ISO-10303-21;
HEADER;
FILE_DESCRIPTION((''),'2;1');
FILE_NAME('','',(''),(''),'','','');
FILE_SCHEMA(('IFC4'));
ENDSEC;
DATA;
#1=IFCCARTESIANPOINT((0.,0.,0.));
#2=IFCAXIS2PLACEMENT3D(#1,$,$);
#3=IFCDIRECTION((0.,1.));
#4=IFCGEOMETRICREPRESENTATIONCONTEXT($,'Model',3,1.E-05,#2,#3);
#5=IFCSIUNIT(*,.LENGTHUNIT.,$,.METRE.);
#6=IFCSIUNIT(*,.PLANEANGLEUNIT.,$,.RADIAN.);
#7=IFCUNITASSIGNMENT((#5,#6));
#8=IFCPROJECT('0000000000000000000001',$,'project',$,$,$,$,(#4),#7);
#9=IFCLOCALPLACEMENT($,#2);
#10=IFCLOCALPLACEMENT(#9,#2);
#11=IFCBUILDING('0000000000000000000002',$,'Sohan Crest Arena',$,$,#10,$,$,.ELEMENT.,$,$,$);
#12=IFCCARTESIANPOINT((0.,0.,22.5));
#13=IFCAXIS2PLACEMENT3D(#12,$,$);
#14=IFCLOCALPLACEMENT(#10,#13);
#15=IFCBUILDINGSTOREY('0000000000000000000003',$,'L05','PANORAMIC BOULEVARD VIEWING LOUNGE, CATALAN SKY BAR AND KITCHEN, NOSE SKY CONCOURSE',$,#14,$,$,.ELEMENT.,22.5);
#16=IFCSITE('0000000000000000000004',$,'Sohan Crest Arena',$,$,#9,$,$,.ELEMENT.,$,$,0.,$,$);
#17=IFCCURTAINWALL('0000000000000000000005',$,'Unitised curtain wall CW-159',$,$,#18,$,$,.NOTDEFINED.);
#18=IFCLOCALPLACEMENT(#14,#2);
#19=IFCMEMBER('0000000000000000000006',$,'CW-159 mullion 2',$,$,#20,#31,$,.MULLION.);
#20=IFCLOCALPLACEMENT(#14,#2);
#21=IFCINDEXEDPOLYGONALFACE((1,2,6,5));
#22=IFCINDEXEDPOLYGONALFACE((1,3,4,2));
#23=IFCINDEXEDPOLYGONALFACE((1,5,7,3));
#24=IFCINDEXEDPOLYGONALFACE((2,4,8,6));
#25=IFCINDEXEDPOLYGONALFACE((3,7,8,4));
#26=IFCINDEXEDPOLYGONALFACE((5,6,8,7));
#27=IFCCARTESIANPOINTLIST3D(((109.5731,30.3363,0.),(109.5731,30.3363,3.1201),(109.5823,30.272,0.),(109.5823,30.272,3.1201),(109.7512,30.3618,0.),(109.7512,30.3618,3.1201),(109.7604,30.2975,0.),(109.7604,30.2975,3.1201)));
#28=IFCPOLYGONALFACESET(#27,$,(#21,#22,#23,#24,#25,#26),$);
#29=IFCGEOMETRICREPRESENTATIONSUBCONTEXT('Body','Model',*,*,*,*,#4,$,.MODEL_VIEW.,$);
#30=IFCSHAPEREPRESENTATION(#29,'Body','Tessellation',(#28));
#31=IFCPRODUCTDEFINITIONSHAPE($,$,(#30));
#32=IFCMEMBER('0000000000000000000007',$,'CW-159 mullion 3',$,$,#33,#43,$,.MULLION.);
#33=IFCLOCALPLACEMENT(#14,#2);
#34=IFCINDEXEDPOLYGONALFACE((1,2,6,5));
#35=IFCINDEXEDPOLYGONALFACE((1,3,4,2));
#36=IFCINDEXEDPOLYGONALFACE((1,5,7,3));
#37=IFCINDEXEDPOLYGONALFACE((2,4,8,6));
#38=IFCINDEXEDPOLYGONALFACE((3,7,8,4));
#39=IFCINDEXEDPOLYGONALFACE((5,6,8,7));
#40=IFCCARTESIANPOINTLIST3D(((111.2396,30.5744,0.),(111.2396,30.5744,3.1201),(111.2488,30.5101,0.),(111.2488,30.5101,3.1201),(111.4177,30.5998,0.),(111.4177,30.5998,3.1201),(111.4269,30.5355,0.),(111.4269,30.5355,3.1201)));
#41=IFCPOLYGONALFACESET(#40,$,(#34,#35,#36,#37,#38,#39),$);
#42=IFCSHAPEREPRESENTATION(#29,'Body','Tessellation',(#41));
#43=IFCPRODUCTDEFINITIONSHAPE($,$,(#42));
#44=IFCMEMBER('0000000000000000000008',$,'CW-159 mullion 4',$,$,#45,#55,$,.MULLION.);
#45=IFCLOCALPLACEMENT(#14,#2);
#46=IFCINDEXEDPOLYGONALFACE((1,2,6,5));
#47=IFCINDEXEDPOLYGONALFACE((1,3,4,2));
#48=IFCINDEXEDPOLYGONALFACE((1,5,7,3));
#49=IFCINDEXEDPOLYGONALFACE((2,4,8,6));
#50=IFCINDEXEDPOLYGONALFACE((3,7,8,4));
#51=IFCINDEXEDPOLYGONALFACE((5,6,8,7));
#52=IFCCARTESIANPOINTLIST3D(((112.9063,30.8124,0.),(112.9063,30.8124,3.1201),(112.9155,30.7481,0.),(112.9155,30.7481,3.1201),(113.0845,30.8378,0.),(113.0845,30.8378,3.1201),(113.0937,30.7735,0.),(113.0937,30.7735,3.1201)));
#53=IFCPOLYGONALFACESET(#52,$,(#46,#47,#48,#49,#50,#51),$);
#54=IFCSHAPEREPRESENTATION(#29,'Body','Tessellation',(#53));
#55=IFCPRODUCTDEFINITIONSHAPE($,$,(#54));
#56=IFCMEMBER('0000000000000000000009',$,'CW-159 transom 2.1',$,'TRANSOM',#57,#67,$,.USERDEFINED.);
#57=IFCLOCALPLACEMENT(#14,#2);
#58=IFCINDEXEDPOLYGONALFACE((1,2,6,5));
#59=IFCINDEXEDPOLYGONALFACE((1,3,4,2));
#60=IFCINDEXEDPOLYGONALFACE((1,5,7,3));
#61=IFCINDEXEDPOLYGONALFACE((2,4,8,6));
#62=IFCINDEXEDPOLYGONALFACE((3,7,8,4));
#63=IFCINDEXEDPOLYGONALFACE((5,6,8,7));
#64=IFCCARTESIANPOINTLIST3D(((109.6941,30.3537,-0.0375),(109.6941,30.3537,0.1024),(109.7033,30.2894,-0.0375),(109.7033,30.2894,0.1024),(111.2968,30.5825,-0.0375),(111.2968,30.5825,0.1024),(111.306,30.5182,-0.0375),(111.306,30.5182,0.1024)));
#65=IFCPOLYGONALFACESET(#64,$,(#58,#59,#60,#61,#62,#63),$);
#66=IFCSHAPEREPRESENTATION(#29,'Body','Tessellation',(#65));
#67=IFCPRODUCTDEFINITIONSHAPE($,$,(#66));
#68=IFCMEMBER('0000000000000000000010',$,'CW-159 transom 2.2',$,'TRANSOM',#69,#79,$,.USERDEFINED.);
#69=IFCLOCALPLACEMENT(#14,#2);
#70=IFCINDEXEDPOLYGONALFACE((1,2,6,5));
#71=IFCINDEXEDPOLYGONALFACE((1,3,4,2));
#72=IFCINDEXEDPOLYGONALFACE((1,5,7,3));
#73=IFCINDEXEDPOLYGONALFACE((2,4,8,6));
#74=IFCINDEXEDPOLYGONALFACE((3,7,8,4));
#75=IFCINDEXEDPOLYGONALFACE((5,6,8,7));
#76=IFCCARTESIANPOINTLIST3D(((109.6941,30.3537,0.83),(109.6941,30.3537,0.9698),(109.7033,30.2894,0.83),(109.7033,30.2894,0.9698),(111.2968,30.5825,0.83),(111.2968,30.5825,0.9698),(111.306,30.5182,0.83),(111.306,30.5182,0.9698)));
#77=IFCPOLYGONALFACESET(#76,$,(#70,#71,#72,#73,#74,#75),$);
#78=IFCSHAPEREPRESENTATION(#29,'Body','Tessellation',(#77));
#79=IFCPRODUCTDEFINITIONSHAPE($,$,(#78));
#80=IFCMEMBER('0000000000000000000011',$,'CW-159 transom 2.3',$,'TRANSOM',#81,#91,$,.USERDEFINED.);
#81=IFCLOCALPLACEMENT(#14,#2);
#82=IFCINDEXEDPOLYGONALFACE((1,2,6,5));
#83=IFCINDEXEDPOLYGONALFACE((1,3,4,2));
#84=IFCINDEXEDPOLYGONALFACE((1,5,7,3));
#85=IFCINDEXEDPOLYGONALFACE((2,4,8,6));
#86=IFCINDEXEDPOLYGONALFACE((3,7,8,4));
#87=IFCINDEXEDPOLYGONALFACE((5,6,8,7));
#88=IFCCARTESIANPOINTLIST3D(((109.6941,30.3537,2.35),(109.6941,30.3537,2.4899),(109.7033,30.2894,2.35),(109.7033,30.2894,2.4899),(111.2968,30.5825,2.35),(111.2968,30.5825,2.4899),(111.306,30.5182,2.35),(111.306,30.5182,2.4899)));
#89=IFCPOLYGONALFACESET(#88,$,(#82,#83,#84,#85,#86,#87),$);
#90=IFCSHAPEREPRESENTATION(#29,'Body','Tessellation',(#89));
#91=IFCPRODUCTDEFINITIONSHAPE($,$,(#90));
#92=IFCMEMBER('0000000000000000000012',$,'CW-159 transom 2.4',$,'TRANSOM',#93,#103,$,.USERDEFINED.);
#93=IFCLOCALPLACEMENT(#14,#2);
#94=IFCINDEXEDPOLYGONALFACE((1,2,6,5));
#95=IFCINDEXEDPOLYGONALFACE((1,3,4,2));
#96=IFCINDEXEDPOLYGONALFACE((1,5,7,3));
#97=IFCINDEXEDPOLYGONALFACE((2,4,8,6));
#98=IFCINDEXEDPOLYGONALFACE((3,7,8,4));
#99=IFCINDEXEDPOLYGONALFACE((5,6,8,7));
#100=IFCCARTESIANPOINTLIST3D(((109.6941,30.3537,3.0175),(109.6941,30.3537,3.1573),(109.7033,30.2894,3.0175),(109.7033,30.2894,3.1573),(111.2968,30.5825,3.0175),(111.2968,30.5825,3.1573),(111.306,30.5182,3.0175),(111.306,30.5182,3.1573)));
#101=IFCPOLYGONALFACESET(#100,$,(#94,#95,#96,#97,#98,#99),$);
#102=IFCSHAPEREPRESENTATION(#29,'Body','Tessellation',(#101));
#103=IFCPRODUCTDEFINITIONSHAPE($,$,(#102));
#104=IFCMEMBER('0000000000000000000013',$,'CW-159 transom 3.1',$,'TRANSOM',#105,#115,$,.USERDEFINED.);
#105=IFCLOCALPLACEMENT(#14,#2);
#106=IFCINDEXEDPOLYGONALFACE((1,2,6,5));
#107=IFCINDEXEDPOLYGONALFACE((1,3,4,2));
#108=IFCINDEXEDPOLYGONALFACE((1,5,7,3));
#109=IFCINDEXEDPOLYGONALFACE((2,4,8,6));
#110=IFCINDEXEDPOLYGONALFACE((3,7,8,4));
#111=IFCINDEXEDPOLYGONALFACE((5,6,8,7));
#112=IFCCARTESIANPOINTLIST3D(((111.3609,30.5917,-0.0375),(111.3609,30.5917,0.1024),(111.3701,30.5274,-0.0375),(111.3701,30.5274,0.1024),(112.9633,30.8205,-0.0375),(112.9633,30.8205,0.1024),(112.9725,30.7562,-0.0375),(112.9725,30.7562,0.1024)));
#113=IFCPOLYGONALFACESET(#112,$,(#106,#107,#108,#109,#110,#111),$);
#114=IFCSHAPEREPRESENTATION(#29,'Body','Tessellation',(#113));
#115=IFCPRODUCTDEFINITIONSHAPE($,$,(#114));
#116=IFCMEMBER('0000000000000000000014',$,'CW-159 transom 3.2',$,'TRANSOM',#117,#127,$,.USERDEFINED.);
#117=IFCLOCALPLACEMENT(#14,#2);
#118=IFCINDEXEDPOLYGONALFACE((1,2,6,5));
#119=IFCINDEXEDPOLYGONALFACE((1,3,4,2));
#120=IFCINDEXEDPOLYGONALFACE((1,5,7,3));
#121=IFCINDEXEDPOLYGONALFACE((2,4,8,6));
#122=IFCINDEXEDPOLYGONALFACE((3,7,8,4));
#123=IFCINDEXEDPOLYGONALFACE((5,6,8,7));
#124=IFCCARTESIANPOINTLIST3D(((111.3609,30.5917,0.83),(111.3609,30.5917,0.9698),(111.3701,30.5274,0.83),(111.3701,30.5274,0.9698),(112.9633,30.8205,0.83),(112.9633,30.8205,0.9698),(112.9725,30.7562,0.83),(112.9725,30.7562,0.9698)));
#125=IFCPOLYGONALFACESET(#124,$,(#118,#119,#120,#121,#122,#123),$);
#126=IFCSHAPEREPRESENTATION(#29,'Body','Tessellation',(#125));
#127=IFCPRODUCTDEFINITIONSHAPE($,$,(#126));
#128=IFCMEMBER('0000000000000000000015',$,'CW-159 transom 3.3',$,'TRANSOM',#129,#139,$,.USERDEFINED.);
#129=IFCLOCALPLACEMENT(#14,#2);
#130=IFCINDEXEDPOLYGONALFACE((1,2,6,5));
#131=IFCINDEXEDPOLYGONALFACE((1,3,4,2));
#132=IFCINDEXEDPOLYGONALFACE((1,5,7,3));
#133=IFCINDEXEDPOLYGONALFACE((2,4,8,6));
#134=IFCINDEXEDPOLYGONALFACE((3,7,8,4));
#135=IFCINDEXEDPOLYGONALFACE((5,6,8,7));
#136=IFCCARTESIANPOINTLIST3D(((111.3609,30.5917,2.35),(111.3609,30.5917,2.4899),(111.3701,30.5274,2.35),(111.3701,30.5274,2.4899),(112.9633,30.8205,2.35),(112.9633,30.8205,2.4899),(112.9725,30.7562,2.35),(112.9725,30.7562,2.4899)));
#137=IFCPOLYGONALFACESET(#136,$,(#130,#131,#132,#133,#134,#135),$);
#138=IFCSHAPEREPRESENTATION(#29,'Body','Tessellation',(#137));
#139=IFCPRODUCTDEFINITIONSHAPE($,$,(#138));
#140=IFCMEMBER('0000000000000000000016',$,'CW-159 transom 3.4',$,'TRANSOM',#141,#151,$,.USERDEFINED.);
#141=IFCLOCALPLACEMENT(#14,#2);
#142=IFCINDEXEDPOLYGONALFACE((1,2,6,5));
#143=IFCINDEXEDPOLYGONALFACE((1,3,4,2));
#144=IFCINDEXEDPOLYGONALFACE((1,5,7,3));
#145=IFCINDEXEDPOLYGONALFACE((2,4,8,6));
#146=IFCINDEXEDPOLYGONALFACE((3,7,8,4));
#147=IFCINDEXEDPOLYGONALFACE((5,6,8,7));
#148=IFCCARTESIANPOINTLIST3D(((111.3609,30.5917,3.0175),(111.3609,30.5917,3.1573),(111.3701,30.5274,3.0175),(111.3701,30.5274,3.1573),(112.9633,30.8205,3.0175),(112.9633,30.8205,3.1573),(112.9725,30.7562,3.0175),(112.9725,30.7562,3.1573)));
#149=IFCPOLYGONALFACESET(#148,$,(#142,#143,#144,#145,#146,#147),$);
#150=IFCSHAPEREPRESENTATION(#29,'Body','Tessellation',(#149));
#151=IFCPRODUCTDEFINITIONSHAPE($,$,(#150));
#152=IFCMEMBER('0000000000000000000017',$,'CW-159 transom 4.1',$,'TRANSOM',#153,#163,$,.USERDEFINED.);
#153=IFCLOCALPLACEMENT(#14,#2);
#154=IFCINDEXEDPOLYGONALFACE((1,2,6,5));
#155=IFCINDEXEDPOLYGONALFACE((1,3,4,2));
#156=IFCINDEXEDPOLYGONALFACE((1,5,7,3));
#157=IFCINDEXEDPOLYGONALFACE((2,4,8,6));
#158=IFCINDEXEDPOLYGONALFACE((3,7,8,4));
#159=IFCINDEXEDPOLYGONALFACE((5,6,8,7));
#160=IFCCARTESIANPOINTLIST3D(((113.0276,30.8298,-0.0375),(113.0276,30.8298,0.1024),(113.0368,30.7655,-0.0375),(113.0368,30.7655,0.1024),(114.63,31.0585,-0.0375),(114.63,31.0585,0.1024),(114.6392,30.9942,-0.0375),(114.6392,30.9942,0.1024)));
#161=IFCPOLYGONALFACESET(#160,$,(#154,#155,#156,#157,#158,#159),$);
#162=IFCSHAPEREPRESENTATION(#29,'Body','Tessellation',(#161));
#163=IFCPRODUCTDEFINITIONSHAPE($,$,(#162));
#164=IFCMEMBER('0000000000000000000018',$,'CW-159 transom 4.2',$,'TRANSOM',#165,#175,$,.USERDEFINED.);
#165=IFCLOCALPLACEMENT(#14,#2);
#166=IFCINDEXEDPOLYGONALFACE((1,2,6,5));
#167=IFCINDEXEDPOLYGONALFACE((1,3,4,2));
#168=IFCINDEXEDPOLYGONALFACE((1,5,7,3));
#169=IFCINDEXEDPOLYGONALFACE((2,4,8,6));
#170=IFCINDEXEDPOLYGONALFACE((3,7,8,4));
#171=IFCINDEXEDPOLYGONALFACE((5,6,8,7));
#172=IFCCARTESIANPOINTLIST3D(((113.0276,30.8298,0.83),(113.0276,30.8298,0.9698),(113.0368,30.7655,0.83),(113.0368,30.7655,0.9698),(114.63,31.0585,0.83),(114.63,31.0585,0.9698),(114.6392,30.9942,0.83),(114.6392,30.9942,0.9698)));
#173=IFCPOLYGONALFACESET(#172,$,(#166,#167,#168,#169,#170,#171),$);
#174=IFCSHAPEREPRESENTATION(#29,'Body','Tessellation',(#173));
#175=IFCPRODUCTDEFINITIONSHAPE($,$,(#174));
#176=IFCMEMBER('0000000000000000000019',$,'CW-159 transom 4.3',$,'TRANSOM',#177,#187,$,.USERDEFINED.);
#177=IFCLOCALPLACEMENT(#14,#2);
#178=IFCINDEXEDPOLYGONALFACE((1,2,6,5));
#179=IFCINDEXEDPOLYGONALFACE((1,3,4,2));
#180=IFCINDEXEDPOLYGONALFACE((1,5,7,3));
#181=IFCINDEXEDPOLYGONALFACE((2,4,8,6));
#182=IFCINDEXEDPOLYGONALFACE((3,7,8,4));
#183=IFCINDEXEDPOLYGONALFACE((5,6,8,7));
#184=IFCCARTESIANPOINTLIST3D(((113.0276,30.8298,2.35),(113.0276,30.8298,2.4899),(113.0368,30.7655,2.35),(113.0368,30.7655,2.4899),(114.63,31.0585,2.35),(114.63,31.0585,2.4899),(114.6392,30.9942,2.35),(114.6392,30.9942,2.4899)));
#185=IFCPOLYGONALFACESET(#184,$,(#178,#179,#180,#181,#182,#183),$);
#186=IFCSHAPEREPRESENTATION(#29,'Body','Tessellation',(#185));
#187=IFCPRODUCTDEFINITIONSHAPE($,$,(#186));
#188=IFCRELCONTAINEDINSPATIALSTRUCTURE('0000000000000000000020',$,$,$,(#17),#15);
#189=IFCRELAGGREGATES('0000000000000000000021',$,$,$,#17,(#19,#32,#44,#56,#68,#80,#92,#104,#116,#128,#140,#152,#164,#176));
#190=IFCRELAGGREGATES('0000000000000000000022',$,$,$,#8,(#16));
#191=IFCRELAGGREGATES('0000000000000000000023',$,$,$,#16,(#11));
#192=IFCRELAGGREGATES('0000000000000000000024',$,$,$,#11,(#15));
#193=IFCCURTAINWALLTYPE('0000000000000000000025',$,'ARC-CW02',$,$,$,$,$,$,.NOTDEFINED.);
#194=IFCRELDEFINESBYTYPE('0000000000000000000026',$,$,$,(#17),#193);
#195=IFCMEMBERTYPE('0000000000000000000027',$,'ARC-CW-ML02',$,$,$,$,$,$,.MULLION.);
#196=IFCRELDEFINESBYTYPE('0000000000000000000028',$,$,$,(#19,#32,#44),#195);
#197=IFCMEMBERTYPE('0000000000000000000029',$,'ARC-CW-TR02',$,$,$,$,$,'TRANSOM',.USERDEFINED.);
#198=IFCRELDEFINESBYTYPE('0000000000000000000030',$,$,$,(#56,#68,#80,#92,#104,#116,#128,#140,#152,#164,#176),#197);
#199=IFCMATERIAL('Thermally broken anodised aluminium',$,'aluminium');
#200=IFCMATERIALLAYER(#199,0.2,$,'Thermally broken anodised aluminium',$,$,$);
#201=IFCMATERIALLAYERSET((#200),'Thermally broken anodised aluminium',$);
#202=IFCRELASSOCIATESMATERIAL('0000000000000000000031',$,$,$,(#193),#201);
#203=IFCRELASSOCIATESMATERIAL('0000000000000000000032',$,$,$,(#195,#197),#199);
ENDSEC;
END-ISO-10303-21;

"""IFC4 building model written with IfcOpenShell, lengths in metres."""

from ifc_helpers import new_model, si_unit, direction, frame, origin, origin_2d, place, context, subcontext, project, spatial, rectangle, extrude, material, layer, layer_set, material_profile, profile_set, type_object, element, aggregate, save


model = new_model("IFC4")

# Units and contexts
model_context = context("Model", 3, precision=1e-05, world=origin(), true_north=direction((0.0, 1.0)))
body_context = subcontext(model_context, "Body", "Model", "MODEL_VIEW")
ifc_project = project(units=[si_unit("LENGTHUNIT", "METRE"), si_unit("PLANEANGLEUNIT", "RADIAN")], contexts=[model_context])

# Site, building, storey
site_placement = place(None, origin())
site = spatial("IfcSite", under=ifc_project, at=site_placement, Name="Sohan Crest Arena", CompositionType="ELEMENT", RefElevation=0.0)
building_placement = place(site_placement, origin())
building = spatial("IfcBuilding", under=site, at=building_placement, Name="Sohan Crest Arena", CompositionType="ELEMENT")
storey_placement = place(building_placement, frame((0.0, 0.0, 22.5)))
storey = spatial("IfcBuildingStorey", under=building, at=storey_placement, Name="L05", Description="PANORAMIC BOULEVARD VIEWING LOUNGE, CATALAN SKY BAR AND KITCHEN, NOSE SKY CONCOURSE", CompositionType="ELEMENT", Elevation=22.5)

# Curtain wall, members
ifc_material_1 = material(Name="Thermally broken anodised aluminium", Category="aluminium")
ifc_layer_1 = layer(ifc_material_1, 0.2, Name="Thermally broken anodised aluminium")
ifc_layer_set_1 = layer_set([ifc_layer_1], Name="Thermally broken anodised aluminium")
curtain_wall_type = type_object("IfcCurtainWallType", Name="ARC-CW02", PredefinedType="NOTDEFINED", material=ifc_layer_set_1)
curtain_wall_placement = place(storey_placement, origin())
curtain_wall = element("IfcCurtainWall", 1, at=curtain_wall_placement, inside=storey, type_object=curtain_wall_type, Name="Unitised curtain wall CW-159", PredefinedType="NOTDEFINED")
ifc_material_profile_1 = material_profile(ifc_material_1, rectangle(XDim=0.0649, YDim=0.1799, at=origin_2d()), Name="ALU-MULL 65x180")
ifc_profile_set_1 = profile_set([ifc_material_profile_1], Name="Thermally broken anodised aluminium")
member_type_1 = type_object("IfcMemberType", Name="ARC-CW-ML02", PredefinedType="MULLION", material=ifc_profile_set_1)
member_1_placement = place(storey_placement, frame((109.6667, 30.3169, 0.0), z_axis=(0.0, 0.0, 1.0), x_axis=(-0.141366, 0.989957, 0.0)))
member_1 = element("IfcMember", 2, at=member_1_placement, type_object=member_type_1, Name="CW-159 mullion 2", PredefinedType="MULLION", context=body_context, shape_type="SweptSolid", body=[
    extrude(rectangle(XDim=0.0649, YDim=0.1799, at=origin_2d()), origin(), (0.0, 0.0, 1.0), 3.1201),
])
member_2_placement = place(storey_placement, frame((111.3333, 30.5549, 0.0), z_axis=(0.0, 0.0, 1.0), x_axis=(-0.141366, 0.989957, 0.0)))
member_2 = element("IfcMember", 3, at=member_2_placement, type_object=member_type_1, Name="CW-159 mullion 3", PredefinedType="MULLION", context=body_context, shape_type="SweptSolid", body=[
    extrude(rectangle(XDim=0.0649, YDim=0.1799, at=origin_2d()), origin(), (0.0, 0.0, 1.0), 3.1201),
])
member_3_placement = place(storey_placement, frame((113.0, 30.793, 0.0), z_axis=(0.0, 0.0, 1.0), x_axis=(-0.141366, 0.989957, 0.0)))
member_3 = element("IfcMember", 4, at=member_3_placement, type_object=member_type_1, Name="CW-159 mullion 4", PredefinedType="MULLION", context=body_context, shape_type="SweptSolid", body=[
    extrude(rectangle(XDim=0.0649, YDim=0.1799, at=origin_2d()), origin(), (0.0, 0.0, 1.0), 3.1201),
])
ifc_material_profile_2 = material_profile(ifc_material_1, rectangle(XDim=0.0649, YDim=0.1399, at=origin_2d()), Name="ALU-TRAN 65x140")
ifc_profile_set_2 = profile_set([ifc_material_profile_2], Name="Thermally broken anodised aluminium")
member_type_2 = type_object("IfcMemberType", Name="ARC-CW-TR02", ElementType="TRANSOM", PredefinedType="USERDEFINED", material=ifc_profile_set_2)
member_4_placement = place(storey_placement, frame((109.6987, 30.3215, 0.0325), z_axis=(0.989965, 0.141316, 0.0), x_axis=(-0.141316, 0.989965, 0.0)))
member_4 = element("IfcMember", 5, at=member_4_placement, type_object=member_type_2, Name="CW-159 transom 2.1", ObjectType="TRANSOM", PredefinedType="USERDEFINED", context=body_context, shape_type="SweptSolid", body=[
    extrude(rectangle(XDim=0.0649, YDim=0.1399, at=origin_2d()), origin(), (0.0, 0.0, 1.0), 1.6189),
])
member_5_placement = place(storey_placement, frame((109.6987, 30.3215, 0.8999), z_axis=(0.989965, 0.141316, 0.0), x_axis=(-0.141316, 0.989965, 0.0)))
member_5 = element("IfcMember", 6, at=member_5_placement, type_object=member_type_2, Name="CW-159 transom 2.2", ObjectType="TRANSOM", PredefinedType="USERDEFINED", context=body_context, shape_type="SweptSolid", body=[
    extrude(rectangle(XDim=0.0649, YDim=0.1399, at=origin_2d()), origin(), (0.0, 0.0, 1.0), 1.6189),
])
member_6_placement = place(storey_placement, frame((109.6987, 30.3215, 2.4199), z_axis=(0.989965, 0.141316, 0.0), x_axis=(-0.141316, 0.989965, 0.0)))
member_6 = element("IfcMember", 7, at=member_6_placement, type_object=member_type_2, Name="CW-159 transom 2.3", ObjectType="TRANSOM", PredefinedType="USERDEFINED", context=body_context, shape_type="SweptSolid", body=[
    extrude(rectangle(XDim=0.0649, YDim=0.1399, at=origin_2d()), origin(), (0.0, 0.0, 1.0), 1.6189),
])
member_7_placement = place(storey_placement, frame((109.6987, 30.3215, 3.0874), z_axis=(0.989965, 0.141316, 0.0), x_axis=(-0.141316, 0.989965, 0.0)))
member_7 = element("IfcMember", 8, at=member_7_placement, type_object=member_type_2, Name="CW-159 transom 2.4", ObjectType="TRANSOM", PredefinedType="USERDEFINED", context=body_context, shape_type="SweptSolid", body=[
    extrude(rectangle(XDim=0.0649, YDim=0.1399, at=origin_2d()), origin(), (0.0, 0.0, 1.0), 1.6189),
])
member_8_placement = place(storey_placement, frame((111.3655, 30.5596, 0.0325), z_axis=(0.989962, 0.141337, 0.0), x_axis=(-0.141337, 0.989962, 0.0)))
member_8 = element("IfcMember", 9, at=member_8_placement, type_object=member_type_2, Name="CW-159 transom 3.1", ObjectType="TRANSOM", PredefinedType="USERDEFINED", context=body_context, shape_type="SweptSolid", body=[
    extrude(rectangle(XDim=0.0649, YDim=0.1399, at=origin_2d()), origin(), (0.0, 0.0, 1.0), 1.6187),
])
member_9_placement = place(storey_placement, frame((111.3655, 30.5596, 0.8999), z_axis=(0.989962, 0.141337, 0.0), x_axis=(-0.141337, 0.989962, 0.0)))
member_9 = element("IfcMember", 10, at=member_9_placement, type_object=member_type_2, Name="CW-159 transom 3.2", ObjectType="TRANSOM", PredefinedType="USERDEFINED", context=body_context, shape_type="SweptSolid", body=[
    extrude(rectangle(XDim=0.0649, YDim=0.1399, at=origin_2d()), origin(), (0.0, 0.0, 1.0), 1.6187),
])
member_10_placement = place(storey_placement, frame((111.3655, 30.5596, 2.4199), z_axis=(0.989962, 0.141337, 0.0), x_axis=(-0.141337, 0.989962, 0.0)))
member_10 = element("IfcMember", 11, at=member_10_placement, type_object=member_type_2, Name="CW-159 transom 3.3", ObjectType="TRANSOM", PredefinedType="USERDEFINED", context=body_context, shape_type="SweptSolid", body=[
    extrude(rectangle(XDim=0.0649, YDim=0.1399, at=origin_2d()), origin(), (0.0, 0.0, 1.0), 1.6187),
])
member_11_placement = place(storey_placement, frame((111.3655, 30.5596, 3.0874), z_axis=(0.989962, 0.141337, 0.0), x_axis=(-0.141337, 0.989962, 0.0)))
member_11 = element("IfcMember", 12, at=member_11_placement, type_object=member_type_2, Name="CW-159 transom 3.4", ObjectType="TRANSOM", PredefinedType="USERDEFINED", context=body_context, shape_type="SweptSolid", body=[
    extrude(rectangle(XDim=0.0649, YDim=0.1399, at=origin_2d()), origin(), (0.0, 0.0, 1.0), 1.6187),
])
member_12_placement = place(storey_placement, frame((113.0322, 30.7976, 0.0325), z_axis=(0.989962, 0.141337, 0.0), x_axis=(-0.141337, 0.989962, 0.0)))
member_12 = element("IfcMember", 13, at=member_12_placement, type_object=member_type_2, Name="CW-159 transom 4.1", ObjectType="TRANSOM", PredefinedType="USERDEFINED", context=body_context, shape_type="SweptSolid", body=[
    extrude(rectangle(XDim=0.0649, YDim=0.1399, at=origin_2d()), origin(), (0.0, 0.0, 1.0), 1.6187),
])
member_13_placement = place(storey_placement, frame((113.0322, 30.7976, 0.8999), z_axis=(0.989962, 0.141337, 0.0), x_axis=(-0.141337, 0.989962, 0.0)))
member_13 = element("IfcMember", 14, at=member_13_placement, type_object=member_type_2, Name="CW-159 transom 4.2", ObjectType="TRANSOM", PredefinedType="USERDEFINED", context=body_context, shape_type="SweptSolid", body=[
    extrude(rectangle(XDim=0.0649, YDim=0.1399, at=origin_2d()), origin(), (0.0, 0.0, 1.0), 1.6187),
])
member_14_placement = place(storey_placement, frame((113.0322, 30.7976, 2.4199), z_axis=(0.989962, 0.141337, 0.0), x_axis=(-0.141337, 0.989962, 0.0)))
member_14 = element("IfcMember", 15, at=member_14_placement, type_object=member_type_2, Name="CW-159 transom 4.3", ObjectType="TRANSOM", PredefinedType="USERDEFINED", context=body_context, shape_type="SweptSolid", body=[
    extrude(rectangle(XDim=0.0649, YDim=0.1399, at=origin_2d()), origin(), (0.0, 0.0, 1.0), 1.6187),
])
aggregate(curtain_wall, [member_1, member_2, member_3, member_4, member_5, member_6, member_7, member_8, member_9, member_10, member_11, member_12, member_13, member_14])

save(model, "model.ifc")
